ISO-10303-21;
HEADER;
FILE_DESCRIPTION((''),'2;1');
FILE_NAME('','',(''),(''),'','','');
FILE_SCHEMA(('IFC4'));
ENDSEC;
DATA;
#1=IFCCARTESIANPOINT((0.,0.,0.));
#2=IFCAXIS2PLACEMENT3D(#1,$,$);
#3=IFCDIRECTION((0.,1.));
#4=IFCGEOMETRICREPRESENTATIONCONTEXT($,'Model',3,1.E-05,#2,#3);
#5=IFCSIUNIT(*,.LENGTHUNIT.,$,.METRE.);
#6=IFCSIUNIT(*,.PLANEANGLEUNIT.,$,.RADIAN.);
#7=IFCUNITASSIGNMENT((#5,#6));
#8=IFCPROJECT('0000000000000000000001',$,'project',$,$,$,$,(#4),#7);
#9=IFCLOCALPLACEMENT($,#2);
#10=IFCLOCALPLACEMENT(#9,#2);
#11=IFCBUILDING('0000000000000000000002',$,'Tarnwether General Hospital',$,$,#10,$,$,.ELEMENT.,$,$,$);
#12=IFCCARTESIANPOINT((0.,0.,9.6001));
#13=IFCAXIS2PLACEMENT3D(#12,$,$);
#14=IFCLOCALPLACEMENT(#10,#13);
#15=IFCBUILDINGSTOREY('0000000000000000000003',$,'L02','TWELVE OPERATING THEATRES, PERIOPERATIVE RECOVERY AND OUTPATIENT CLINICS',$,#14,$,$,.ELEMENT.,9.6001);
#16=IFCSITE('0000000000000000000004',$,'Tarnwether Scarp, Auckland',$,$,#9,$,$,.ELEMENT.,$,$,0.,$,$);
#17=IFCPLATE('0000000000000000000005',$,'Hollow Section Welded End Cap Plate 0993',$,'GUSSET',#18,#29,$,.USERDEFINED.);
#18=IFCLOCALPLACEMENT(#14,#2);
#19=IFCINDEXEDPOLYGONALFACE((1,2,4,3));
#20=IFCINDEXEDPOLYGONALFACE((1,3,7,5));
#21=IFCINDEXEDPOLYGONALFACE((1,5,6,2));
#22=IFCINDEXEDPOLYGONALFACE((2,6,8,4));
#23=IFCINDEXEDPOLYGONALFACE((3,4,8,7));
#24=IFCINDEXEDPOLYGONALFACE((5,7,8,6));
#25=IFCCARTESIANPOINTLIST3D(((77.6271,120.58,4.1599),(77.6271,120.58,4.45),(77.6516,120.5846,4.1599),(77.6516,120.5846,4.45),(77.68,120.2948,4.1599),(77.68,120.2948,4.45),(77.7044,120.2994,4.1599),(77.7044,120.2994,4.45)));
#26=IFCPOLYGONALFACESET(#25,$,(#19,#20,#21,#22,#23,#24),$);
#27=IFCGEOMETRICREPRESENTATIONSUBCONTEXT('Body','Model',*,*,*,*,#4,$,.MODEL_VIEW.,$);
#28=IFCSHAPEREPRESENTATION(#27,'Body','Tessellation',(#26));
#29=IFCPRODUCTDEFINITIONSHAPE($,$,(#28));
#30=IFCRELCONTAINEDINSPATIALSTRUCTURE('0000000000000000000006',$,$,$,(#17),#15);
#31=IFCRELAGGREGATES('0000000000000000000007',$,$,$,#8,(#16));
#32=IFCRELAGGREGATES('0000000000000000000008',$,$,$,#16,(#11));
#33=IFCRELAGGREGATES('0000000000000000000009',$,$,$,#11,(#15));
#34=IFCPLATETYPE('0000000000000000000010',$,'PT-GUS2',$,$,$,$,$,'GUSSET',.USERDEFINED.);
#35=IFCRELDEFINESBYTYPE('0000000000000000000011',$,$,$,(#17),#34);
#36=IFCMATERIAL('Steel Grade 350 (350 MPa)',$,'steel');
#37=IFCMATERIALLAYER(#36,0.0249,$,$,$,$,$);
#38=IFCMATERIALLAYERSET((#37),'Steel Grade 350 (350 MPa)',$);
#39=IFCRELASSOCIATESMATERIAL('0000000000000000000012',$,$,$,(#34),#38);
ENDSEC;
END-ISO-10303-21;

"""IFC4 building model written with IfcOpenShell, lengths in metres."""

from ifc_helpers import new_model, si_unit, direction, frame, origin, origin_2d, place, context, subcontext, project, spatial, rectangle, extrude, material, layer, layer_set, type_object, element, save


model = new_model("IFC4")

# Units and contexts
model_context = context("Model", 3, precision=1e-05, world=origin(), true_north=direction((0.0, 1.0)))
body_context = subcontext(model_context, "Body", "Model", "MODEL_VIEW")
ifc_project = project(units=[si_unit("LENGTHUNIT", "METRE"), si_unit("PLANEANGLEUNIT", "RADIAN")], contexts=[model_context])

# Site, building, storey
site_placement = place(None, origin())
site = spatial("IfcSite", under=ifc_project, at=site_placement, Name="Tarnwether Scarp, Auckland", CompositionType="ELEMENT", RefElevation=0.0)
building_placement = place(site_placement, origin())
building = spatial("IfcBuilding", under=site, at=building_placement, Name="Tarnwether General Hospital", CompositionType="ELEMENT")
storey_placement = place(building_placement, frame((0.0, 0.0, 9.6001)))
storey = spatial("IfcBuildingStorey", under=building, at=storey_placement, Name="L02", Description="TWELVE OPERATING THEATRES, PERIOPERATIVE RECOVERY AND OUTPATIENT CLINICS", CompositionType="ELEMENT", Elevation=9.6001)

# Plate
ifc_material_1 = material(Name="Steel Grade 350 (350 MPa)", Category="steel")
ifc_layer_1 = layer(ifc_material_1, 0.0249)
ifc_layer_set_1 = layer_set([ifc_layer_1], Name="Steel Grade 350 (350 MPa)")
plate_type_1 = type_object("IfcPlateType", Name="PT-GUS2", ElementType="GUSSET", PredefinedType="USERDEFINED", material=ifc_layer_set_1)
plate_1_placement = place(storey_placement, frame((77.6658, 120.4397, 4.1599), z_axis=(0.0, 0.0, 1.0), x_axis=(0.983261, 0.182201, 0.0)))
element("IfcPlate", 1, at=plate_1_placement, inside=storey, type_object=plate_type_1, Name="Hollow Section Welded End Cap Plate 0993", ObjectType="GUSSET", PredefinedType="USERDEFINED", context=body_context, shape_type="SweptSolid", body=[
    extrude(rectangle(XDim=0.0249, YDim=0.29, at=origin_2d()), origin(), (0.0, 0.0, 1.0), 0.29),
])

save(model, "model.ifc")
